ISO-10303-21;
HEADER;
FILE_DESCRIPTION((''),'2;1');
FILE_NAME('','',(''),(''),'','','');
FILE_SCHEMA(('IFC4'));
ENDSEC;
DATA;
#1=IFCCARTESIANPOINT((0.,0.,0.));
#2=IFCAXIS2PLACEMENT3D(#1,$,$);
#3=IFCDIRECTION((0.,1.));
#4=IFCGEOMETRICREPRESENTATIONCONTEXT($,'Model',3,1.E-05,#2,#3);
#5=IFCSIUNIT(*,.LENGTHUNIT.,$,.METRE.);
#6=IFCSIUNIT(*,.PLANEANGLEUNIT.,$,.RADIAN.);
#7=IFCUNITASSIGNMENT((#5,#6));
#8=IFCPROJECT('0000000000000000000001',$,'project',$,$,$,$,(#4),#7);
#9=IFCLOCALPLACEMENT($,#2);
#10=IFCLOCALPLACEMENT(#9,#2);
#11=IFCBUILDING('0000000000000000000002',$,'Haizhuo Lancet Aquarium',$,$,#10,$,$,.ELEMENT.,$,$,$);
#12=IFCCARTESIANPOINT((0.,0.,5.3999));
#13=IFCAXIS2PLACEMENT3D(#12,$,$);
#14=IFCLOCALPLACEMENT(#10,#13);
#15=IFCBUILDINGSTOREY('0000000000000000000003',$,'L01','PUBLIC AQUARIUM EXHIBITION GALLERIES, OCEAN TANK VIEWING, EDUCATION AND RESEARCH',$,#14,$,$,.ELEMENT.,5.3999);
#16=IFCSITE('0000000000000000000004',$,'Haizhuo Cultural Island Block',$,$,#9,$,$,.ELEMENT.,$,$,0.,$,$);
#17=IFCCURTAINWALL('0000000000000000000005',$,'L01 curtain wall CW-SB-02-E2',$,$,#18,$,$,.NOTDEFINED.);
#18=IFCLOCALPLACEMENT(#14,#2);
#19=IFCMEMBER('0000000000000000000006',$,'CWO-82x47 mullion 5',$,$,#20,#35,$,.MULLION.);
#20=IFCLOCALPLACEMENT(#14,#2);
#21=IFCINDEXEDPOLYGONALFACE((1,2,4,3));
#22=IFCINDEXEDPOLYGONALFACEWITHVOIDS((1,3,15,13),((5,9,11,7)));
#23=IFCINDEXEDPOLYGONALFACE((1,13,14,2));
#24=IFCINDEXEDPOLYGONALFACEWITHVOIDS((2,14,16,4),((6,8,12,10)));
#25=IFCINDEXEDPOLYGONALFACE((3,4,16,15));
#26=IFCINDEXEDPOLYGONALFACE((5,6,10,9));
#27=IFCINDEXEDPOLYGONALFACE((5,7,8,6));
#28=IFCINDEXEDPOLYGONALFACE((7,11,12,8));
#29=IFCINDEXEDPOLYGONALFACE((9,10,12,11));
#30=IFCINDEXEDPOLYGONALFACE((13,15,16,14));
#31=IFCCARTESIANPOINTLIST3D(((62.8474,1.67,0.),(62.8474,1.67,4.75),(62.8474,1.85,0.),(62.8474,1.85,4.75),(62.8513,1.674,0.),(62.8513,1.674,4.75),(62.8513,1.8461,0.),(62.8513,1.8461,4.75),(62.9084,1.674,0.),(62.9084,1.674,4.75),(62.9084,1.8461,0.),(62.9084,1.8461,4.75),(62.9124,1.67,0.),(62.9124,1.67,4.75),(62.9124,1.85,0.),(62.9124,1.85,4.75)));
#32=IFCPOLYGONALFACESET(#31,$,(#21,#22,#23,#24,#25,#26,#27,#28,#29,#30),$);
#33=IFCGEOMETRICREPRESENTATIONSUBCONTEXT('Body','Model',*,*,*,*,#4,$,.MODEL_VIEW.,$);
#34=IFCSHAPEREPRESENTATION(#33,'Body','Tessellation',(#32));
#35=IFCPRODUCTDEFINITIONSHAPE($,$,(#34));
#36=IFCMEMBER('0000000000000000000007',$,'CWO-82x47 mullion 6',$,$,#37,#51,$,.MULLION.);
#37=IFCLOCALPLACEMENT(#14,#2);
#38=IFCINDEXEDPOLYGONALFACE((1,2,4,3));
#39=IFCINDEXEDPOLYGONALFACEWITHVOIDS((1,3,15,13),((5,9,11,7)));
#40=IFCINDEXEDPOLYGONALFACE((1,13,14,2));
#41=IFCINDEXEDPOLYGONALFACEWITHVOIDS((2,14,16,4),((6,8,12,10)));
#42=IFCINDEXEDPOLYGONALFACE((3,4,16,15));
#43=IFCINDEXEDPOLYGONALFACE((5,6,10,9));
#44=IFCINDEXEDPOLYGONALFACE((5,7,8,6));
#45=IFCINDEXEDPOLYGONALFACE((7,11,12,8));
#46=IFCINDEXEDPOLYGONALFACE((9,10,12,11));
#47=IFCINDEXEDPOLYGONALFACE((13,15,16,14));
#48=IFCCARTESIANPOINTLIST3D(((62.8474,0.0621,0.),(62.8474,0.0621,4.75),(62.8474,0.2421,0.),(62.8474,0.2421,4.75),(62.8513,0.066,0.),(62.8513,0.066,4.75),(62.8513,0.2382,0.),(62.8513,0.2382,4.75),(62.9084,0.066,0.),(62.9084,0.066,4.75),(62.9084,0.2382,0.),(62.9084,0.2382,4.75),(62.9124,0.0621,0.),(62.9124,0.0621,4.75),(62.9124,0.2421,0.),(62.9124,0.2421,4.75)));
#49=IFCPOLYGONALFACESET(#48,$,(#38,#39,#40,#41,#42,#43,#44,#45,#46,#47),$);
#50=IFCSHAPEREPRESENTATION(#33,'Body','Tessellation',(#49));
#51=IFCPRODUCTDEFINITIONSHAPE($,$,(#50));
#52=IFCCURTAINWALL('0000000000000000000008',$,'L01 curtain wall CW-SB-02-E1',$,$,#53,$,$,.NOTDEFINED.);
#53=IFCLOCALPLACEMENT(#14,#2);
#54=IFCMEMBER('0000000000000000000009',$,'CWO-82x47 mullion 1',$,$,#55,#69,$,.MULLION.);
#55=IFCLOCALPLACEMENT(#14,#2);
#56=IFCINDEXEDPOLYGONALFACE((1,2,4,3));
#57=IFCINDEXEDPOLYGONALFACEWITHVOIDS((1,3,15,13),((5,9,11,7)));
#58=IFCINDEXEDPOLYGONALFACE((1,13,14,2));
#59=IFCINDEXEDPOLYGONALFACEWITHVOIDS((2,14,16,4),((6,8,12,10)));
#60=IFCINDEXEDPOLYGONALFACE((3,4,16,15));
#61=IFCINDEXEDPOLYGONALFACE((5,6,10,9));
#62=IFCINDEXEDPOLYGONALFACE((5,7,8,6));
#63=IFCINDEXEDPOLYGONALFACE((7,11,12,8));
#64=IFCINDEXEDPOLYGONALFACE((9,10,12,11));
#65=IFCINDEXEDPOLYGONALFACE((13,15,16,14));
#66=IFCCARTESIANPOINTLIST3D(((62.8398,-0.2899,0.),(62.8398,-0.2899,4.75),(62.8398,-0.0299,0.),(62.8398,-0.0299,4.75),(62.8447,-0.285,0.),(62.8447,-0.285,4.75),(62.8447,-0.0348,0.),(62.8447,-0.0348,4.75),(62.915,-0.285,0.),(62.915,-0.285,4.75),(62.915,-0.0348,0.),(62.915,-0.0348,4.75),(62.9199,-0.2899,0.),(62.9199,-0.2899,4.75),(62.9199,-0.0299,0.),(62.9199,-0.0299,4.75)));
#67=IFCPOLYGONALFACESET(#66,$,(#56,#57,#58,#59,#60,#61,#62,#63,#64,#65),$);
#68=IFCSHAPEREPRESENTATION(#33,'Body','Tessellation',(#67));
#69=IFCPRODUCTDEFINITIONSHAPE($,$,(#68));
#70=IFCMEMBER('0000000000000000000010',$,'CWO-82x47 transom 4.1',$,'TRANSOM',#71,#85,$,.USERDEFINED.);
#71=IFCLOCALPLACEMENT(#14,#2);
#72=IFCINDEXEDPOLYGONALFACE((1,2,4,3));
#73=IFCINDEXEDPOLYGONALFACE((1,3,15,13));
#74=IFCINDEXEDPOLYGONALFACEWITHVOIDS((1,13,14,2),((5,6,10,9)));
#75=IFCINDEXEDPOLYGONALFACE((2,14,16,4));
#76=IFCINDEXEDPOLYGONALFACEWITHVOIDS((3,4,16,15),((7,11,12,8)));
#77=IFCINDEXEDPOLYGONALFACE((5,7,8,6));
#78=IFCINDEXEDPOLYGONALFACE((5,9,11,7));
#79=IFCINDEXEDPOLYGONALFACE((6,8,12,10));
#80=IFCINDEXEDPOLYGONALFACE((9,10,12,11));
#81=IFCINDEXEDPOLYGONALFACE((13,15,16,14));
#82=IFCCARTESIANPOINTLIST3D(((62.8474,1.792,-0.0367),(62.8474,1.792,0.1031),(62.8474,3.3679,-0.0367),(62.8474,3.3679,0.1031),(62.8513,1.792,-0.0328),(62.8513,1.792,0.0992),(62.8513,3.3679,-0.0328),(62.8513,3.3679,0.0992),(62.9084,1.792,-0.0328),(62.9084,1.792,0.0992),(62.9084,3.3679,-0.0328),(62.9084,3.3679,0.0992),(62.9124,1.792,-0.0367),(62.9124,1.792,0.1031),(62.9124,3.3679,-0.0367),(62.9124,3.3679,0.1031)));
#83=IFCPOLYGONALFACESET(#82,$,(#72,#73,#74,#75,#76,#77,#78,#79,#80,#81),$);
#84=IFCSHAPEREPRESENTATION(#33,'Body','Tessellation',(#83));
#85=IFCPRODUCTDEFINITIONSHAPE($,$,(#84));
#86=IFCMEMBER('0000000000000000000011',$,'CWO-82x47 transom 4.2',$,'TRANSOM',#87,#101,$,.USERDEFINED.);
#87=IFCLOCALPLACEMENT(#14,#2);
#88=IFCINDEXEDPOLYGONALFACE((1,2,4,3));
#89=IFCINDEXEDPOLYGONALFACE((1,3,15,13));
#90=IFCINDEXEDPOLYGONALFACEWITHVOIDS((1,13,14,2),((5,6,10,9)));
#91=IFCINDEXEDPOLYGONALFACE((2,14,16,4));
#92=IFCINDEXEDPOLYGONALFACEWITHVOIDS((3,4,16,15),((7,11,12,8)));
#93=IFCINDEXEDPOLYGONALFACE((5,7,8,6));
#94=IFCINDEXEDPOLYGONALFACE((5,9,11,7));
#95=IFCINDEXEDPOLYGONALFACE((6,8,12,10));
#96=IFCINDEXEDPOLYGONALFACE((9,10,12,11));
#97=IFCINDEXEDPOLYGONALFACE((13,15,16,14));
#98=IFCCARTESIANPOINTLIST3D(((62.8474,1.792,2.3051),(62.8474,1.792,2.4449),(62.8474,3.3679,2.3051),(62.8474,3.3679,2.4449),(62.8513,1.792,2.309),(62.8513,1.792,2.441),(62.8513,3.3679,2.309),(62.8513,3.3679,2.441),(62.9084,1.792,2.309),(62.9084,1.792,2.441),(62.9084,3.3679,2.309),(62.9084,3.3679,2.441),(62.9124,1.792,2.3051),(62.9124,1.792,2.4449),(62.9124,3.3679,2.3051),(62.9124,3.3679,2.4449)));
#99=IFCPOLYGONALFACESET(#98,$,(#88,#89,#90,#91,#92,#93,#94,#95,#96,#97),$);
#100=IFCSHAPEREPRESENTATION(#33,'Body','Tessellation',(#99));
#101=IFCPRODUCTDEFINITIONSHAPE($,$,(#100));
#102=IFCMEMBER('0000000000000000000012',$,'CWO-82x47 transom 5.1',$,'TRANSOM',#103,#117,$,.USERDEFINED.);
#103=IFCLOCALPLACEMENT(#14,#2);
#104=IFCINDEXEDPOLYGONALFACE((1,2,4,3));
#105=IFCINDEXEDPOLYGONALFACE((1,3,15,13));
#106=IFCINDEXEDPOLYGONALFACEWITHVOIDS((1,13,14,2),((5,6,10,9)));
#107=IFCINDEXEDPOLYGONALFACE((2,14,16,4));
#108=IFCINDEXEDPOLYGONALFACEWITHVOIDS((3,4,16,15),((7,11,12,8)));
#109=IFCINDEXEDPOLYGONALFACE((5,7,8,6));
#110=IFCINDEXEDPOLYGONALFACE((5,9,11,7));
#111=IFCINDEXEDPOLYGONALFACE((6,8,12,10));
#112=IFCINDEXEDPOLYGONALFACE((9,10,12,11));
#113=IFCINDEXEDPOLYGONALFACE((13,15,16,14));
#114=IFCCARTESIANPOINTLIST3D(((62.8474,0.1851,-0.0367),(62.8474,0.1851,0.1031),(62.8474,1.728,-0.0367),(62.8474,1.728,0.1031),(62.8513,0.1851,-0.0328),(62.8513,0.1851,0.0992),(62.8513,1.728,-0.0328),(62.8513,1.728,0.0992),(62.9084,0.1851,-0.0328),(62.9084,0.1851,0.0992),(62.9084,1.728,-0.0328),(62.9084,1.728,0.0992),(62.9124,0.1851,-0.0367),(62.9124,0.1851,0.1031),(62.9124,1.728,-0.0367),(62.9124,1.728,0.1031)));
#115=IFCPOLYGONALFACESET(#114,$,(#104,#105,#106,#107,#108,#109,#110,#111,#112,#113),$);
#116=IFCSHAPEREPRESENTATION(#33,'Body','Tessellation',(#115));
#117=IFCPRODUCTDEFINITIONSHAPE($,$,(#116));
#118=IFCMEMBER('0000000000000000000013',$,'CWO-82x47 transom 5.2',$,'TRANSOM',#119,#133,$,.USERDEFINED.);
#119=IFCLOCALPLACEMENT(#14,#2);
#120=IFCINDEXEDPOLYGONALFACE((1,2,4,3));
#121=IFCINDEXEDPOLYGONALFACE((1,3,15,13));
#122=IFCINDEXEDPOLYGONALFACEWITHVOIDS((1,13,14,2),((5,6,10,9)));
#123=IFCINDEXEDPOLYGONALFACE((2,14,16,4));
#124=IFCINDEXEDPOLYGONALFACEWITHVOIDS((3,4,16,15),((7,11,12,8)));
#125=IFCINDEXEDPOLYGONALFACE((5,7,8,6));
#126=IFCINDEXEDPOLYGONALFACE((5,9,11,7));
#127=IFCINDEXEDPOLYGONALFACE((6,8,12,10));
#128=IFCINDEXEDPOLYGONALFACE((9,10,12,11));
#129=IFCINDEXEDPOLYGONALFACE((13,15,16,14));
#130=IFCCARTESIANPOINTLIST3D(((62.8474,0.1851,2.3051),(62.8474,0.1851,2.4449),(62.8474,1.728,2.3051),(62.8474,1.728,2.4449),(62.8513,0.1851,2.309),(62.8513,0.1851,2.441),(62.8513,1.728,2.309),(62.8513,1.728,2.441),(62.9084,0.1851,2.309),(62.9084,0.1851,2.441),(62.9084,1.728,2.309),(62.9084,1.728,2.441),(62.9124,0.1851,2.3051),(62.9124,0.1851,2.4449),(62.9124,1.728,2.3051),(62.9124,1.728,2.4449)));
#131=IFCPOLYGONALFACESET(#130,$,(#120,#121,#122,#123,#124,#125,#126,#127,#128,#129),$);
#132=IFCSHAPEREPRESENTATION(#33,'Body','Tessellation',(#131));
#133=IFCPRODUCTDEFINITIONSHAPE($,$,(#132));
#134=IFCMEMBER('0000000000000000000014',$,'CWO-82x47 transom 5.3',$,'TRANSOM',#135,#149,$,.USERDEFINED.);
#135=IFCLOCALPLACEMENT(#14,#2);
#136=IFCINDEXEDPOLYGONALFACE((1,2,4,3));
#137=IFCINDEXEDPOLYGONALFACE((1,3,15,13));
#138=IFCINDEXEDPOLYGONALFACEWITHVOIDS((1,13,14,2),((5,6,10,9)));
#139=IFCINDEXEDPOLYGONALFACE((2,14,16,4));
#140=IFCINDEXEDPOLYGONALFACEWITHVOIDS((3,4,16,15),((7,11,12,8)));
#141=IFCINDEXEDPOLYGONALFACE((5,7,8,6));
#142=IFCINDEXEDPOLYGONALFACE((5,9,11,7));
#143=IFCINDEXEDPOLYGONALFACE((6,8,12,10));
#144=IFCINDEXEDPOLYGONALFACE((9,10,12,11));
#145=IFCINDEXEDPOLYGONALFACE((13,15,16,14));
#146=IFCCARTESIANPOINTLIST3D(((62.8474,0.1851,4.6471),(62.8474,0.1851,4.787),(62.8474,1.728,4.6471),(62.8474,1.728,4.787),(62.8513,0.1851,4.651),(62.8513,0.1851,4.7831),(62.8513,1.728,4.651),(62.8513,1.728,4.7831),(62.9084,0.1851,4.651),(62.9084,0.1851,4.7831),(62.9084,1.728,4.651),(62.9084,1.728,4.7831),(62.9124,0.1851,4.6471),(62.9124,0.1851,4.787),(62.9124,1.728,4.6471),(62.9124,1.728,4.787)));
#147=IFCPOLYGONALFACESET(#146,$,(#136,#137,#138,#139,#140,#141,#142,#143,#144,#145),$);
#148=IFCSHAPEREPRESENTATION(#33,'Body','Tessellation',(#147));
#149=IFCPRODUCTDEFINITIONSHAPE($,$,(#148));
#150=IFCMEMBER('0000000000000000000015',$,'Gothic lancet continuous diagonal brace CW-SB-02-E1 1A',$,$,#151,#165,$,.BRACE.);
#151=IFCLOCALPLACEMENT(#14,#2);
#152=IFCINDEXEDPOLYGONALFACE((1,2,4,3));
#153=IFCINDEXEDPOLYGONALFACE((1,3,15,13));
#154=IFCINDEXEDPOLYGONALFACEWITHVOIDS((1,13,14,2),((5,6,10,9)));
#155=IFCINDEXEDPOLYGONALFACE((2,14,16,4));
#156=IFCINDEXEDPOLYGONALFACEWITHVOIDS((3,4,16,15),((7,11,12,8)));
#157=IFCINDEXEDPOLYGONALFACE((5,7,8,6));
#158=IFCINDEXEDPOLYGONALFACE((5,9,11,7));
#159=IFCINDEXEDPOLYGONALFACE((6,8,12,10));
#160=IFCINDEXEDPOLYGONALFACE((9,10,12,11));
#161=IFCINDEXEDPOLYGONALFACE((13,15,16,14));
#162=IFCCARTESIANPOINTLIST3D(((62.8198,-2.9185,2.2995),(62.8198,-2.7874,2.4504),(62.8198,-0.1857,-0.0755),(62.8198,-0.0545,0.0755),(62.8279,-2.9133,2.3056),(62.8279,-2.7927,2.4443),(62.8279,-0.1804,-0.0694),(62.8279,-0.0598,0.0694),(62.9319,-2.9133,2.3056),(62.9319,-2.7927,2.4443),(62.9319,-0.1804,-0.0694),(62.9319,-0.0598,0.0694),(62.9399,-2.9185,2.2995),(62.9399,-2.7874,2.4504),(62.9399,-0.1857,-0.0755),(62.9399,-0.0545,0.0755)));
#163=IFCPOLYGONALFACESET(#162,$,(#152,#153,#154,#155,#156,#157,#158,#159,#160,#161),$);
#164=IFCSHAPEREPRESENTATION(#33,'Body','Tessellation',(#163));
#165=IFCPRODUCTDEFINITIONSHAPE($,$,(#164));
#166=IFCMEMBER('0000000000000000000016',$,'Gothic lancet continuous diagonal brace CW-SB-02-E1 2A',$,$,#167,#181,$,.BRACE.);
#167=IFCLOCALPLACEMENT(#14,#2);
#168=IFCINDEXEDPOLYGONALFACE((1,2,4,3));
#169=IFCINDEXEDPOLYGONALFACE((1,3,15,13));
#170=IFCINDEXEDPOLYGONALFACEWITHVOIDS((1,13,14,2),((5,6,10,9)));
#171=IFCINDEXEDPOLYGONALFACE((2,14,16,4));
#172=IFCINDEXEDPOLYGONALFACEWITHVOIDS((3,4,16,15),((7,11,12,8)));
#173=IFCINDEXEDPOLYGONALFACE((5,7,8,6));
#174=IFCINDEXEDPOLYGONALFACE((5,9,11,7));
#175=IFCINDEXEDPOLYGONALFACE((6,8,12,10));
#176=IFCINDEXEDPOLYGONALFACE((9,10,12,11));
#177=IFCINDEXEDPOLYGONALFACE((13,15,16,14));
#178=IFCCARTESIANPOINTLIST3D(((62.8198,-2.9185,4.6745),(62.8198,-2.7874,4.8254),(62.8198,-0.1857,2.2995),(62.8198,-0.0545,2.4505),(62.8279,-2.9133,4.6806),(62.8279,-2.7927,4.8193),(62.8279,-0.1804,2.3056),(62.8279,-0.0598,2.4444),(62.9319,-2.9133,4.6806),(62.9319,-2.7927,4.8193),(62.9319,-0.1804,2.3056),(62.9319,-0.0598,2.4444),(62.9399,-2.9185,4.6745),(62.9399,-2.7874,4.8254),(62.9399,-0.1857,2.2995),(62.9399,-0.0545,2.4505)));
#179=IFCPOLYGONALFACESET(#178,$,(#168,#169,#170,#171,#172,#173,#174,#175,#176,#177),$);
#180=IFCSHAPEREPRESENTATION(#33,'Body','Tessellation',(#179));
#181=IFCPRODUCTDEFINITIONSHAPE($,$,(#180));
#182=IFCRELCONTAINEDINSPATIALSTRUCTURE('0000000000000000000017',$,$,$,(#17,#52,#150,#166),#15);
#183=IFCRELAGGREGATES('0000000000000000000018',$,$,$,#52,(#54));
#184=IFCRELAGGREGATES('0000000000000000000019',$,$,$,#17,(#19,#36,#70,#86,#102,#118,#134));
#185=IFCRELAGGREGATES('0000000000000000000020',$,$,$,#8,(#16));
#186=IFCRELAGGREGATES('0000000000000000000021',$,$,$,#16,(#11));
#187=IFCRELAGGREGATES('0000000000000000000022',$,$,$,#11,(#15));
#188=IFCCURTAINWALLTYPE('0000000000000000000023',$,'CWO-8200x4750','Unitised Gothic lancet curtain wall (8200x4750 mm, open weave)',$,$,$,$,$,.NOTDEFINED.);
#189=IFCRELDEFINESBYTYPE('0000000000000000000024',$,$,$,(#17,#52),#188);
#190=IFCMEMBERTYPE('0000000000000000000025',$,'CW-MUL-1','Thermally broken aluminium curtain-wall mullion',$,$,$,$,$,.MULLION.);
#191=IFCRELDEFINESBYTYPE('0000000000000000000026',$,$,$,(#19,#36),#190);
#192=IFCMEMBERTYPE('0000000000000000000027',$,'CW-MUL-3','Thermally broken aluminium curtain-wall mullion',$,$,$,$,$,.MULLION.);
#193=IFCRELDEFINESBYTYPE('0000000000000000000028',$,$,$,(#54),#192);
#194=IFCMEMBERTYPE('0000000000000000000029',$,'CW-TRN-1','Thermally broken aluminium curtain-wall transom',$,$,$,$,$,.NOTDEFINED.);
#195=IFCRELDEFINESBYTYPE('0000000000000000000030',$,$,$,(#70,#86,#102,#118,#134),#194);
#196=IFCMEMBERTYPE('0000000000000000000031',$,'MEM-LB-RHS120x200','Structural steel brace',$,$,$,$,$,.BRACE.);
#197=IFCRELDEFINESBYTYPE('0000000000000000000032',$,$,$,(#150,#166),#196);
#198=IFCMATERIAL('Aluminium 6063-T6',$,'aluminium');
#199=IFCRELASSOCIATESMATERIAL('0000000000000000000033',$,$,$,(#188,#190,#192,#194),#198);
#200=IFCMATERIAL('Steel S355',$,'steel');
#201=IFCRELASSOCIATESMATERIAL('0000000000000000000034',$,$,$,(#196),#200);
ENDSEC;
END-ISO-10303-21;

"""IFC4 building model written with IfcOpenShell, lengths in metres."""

from ifc_helpers import new_model, si_unit, direction, frame, origin, origin_2d, place, context, subcontext, project, spatial, hollow_rectangle, extrude, material, material_profile, profile_set, type_object, element, aggregate, save


model = new_model("IFC4")

# Units and contexts
model_context = context("Model", 3, precision=1e-05, world=origin(), true_north=direction((0.0, 1.0)))
body_context = subcontext(model_context, "Body", "Model", "MODEL_VIEW")
ifc_project = project(units=[si_unit("LENGTHUNIT", "METRE"), si_unit("PLANEANGLEUNIT", "RADIAN")], contexts=[model_context])

# Site, building, storey
site_placement = place(None, origin())
site = spatial("IfcSite", under=ifc_project, at=site_placement, Name="Haizhuo Cultural Island Block", CompositionType="ELEMENT", RefElevation=0.0)
building_placement = place(site_placement, origin())
building = spatial("IfcBuilding", under=site, at=building_placement, Name="Haizhuo Lancet Aquarium", CompositionType="ELEMENT")
storey_placement = place(building_placement, frame((0.0, 0.0, 5.3999)))
storey = spatial("IfcBuildingStorey", under=building, at=storey_placement, Name="L01", Description="PUBLIC AQUARIUM EXHIBITION GALLERIES, OCEAN TANK VIEWING, EDUCATION AND RESEARCH", CompositionType="ELEMENT", Elevation=5.3999)

# Curtain wall, members
ifc_material_1 = material(Name="Aluminium 6063-T6", Category="aluminium")
curtain_wall_type = type_object("IfcCurtainWallType", Name="CWO-8200x4750", Description="Unitised Gothic lancet curtain wall (8200x4750 mm, open weave)", PredefinedType="NOTDEFINED", material=ifc_material_1)
curtain_wall_1_placement = place(storey_placement, origin())
curtain_wall_1 = element("IfcCurtainWall", 1, at=curtain_wall_1_placement, inside=storey, type_object=curtain_wall_type, Name="L01 curtain wall CW-SB-02-E2", PredefinedType="NOTDEFINED")
ifc_material_profile_1 = material_profile(ifc_material_1, hollow_rectangle(XDim=0.0649, YDim=0.1799, WallThickness=0.0039, at=origin_2d()), Name="ALU-M 65x180x4")
ifc_profile_set_1 = profile_set([ifc_material_profile_1], Name="Aluminium 6063-T6")
member_type_1 = type_object("IfcMemberType", Name="CW-MUL-1", Description="Thermally broken aluminium curtain-wall mullion", PredefinedType="MULLION", material=ifc_profile_set_1)
member_1_placement = place(storey_placement, frame((62.8799, 1.76, 0.0), z_axis=(0.0, 0.0, 1.0), x_axis=(1.0, 0.0, 0.0)))
member_1 = element("IfcMember", 2, at=member_1_placement, type_object=member_type_1, Name="CWO-82x47 mullion 5", PredefinedType="MULLION", context=body_context, shape_type="SweptSolid", body=[
    extrude(hollow_rectangle(XDim=0.0649, YDim=0.1799, WallThickness=0.0039, at=origin_2d()), origin(), (0.0, 0.0, 1.0), 4.75),
])
member_2_placement = place(storey_placement, frame((62.8799, 0.1521, 0.0), z_axis=(0.0, 0.0, 1.0), x_axis=(1.0, 0.0, 0.0)))
member_2 = element("IfcMember", 3, at=member_2_placement, type_object=member_type_1, Name="CWO-82x47 mullion 6", PredefinedType="MULLION", context=body_context, shape_type="SweptSolid", body=[
    extrude(hollow_rectangle(XDim=0.0649, YDim=0.1799, WallThickness=0.0039, at=origin_2d()), origin(), (0.0, 0.0, 1.0), 4.75),
])

# Curtain wall, member
curtain_wall_2_placement = place(storey_placement, origin())
curtain_wall_2 = element("IfcCurtainWall", 4, at=curtain_wall_2_placement, inside=storey, type_object=curtain_wall_type, Name="L01 curtain wall CW-SB-02-E1", PredefinedType="NOTDEFINED")
ifc_material_profile_2 = material_profile(ifc_material_1, hollow_rectangle(XDim=0.0801, YDim=0.26, WallThickness=0.0049, at=origin_2d()), Name="ALU-M 80x260x5")
ifc_profile_set_2 = profile_set([ifc_material_profile_2], Name="Aluminium 6063-T6")
member_type_2 = type_object("IfcMemberType", Name="CW-MUL-3", Description="Thermally broken aluminium curtain-wall mullion", PredefinedType="MULLION", material=ifc_profile_set_2)
member_3_placement = place(storey_placement, frame((62.8799, -0.1599, 0.0), z_axis=(0.0, 0.0, 1.0), x_axis=(1.0, 0.0, 0.0)))
member_3 = element("IfcMember", 5, at=member_3_placement, type_object=member_type_2, Name="CWO-82x47 mullion 1", PredefinedType="MULLION", context=body_context, shape_type="SweptSolid", body=[
    extrude(hollow_rectangle(XDim=0.0801, YDim=0.26, WallThickness=0.0049, at=origin_2d()), origin(), (0.0, 0.0, 1.0), 4.75),
])
aggregate(curtain_wall_2, [member_3])

# Members
ifc_material_profile_3 = material_profile(ifc_material_1, hollow_rectangle(XDim=0.0649, YDim=0.1399, WallThickness=0.0039, at=origin_2d()), Name="ALU-T 65x140x4")
ifc_profile_set_3 = profile_set([ifc_material_profile_3], Name="Aluminium 6063-T6")
member_type_3 = type_object("IfcMemberType", Name="CW-TRN-1", Description="Thermally broken aluminium curtain-wall transom", PredefinedType="NOTDEFINED", material=ifc_profile_set_3)
member_4_placement = place(storey_placement, frame((62.8799, 3.3679, 0.0332), z_axis=(0.0, -1.0, 0.0), x_axis=(1.0, 0.0, 0.0)))
member_4 = element("IfcMember", 6, at=member_4_placement, type_object=member_type_3, Name="CWO-82x47 transom 4.1", ObjectType="TRANSOM", PredefinedType="USERDEFINED", context=body_context, shape_type="SweptSolid", body=[
    extrude(hollow_rectangle(XDim=0.0649, YDim=0.1399, WallThickness=0.0039, at=origin_2d()), origin(), (0.0, 0.0, 1.0), 1.5759),
])
member_5_placement = place(storey_placement, frame((62.8799, 3.3679, 2.375), z_axis=(0.0, -1.0, 0.0), x_axis=(1.0, 0.0, 0.0)))
member_5 = element("IfcMember", 7, at=member_5_placement, type_object=member_type_3, Name="CWO-82x47 transom 4.2", ObjectType="TRANSOM", PredefinedType="USERDEFINED", context=body_context, shape_type="SweptSolid", body=[
    extrude(hollow_rectangle(XDim=0.0649, YDim=0.1399, WallThickness=0.0039, at=origin_2d()), origin(), (0.0, 0.0, 1.0), 1.5759),
])
member_6_placement = place(storey_placement, frame((62.8799, 1.728, 0.0332), z_axis=(0.0, -1.0, 0.0), x_axis=(1.0, 0.0, 0.0)))
member_6 = element("IfcMember", 8, at=member_6_placement, type_object=member_type_3, Name="CWO-82x47 transom 5.1", ObjectType="TRANSOM", PredefinedType="USERDEFINED", context=body_context, shape_type="SweptSolid", body=[
    extrude(hollow_rectangle(XDim=0.0649, YDim=0.1399, WallThickness=0.0039, at=origin_2d()), origin(), (0.0, 0.0, 1.0), 1.543),
])
member_7_placement = place(storey_placement, frame((62.8799, 1.728, 2.375), z_axis=(0.0, -1.0, 0.0), x_axis=(1.0, 0.0, 0.0)))
member_7 = element("IfcMember", 9, at=member_7_placement, type_object=member_type_3, Name="CWO-82x47 transom 5.2", ObjectType="TRANSOM", PredefinedType="USERDEFINED", context=body_context, shape_type="SweptSolid", body=[
    extrude(hollow_rectangle(XDim=0.0649, YDim=0.1399, WallThickness=0.0039, at=origin_2d()), origin(), (0.0, 0.0, 1.0), 1.543),
])
member_8_placement = place(storey_placement, frame((62.8799, 1.728, 4.717), z_axis=(0.0, -1.0, 0.0), x_axis=(1.0, 0.0, 0.0)))
member_8 = element("IfcMember", 10, at=member_8_placement, type_object=member_type_3, Name="CWO-82x47 transom 5.3", ObjectType="TRANSOM", PredefinedType="USERDEFINED", context=body_context, shape_type="SweptSolid", body=[
    extrude(hollow_rectangle(XDim=0.0649, YDim=0.1399, WallThickness=0.0039, at=origin_2d()), origin(), (0.0, 0.0, 1.0), 1.543),
])

# Members
ifc_material_2 = material(Name="Steel S355", Category="steel")
ifc_material_profile_4 = material_profile(ifc_material_2, hollow_rectangle(XDim=0.1201, YDim=0.2, WallThickness=0.0081, at=origin_2d()), Name="RHS 120x200x8")
ifc_profile_set_4 = profile_set([ifc_material_profile_4], Name="Steel S355")
member_type_4 = type_object("IfcMemberType", Name="MEM-LB-RHS120x200", Description="Structural steel brace", PredefinedType="BRACE", material=ifc_profile_set_4)
for number, where, z_axis, x_axis, name in (
    (11, (62.8799, -0.1201, 0.0), (0.0, -0.754803, 0.655952), (1.0, 0.0, 0.0), "Gothic lancet continuous diagonal brace CW-SB-02-E1 1A"),
    (12, (62.8799, -0.1201, 2.375), (0.0, -0.754803, 0.655952), (1.0, 0.0, 0.0), "Gothic lancet continuous diagonal brace CW-SB-02-E1 2A"),
):
    element("IfcMember", number, at=place(storey_placement, frame(where, z_axis=z_axis, x_axis=x_axis)), inside=storey, type_object=member_type_4, Name=name, PredefinedType="BRACE", context=body_context, shape_type="SweptSolid", body=[
        extrude(hollow_rectangle(XDim=0.1201, YDim=0.2, WallThickness=0.0081, at=origin_2d()), origin(), (0.0, 0.0, 1.0), 3.6206),
    ])

aggregate(curtain_wall_1, [member_1, member_2, member_4, member_5, member_6, member_7, member_8])

save(model, "model.ifc")
